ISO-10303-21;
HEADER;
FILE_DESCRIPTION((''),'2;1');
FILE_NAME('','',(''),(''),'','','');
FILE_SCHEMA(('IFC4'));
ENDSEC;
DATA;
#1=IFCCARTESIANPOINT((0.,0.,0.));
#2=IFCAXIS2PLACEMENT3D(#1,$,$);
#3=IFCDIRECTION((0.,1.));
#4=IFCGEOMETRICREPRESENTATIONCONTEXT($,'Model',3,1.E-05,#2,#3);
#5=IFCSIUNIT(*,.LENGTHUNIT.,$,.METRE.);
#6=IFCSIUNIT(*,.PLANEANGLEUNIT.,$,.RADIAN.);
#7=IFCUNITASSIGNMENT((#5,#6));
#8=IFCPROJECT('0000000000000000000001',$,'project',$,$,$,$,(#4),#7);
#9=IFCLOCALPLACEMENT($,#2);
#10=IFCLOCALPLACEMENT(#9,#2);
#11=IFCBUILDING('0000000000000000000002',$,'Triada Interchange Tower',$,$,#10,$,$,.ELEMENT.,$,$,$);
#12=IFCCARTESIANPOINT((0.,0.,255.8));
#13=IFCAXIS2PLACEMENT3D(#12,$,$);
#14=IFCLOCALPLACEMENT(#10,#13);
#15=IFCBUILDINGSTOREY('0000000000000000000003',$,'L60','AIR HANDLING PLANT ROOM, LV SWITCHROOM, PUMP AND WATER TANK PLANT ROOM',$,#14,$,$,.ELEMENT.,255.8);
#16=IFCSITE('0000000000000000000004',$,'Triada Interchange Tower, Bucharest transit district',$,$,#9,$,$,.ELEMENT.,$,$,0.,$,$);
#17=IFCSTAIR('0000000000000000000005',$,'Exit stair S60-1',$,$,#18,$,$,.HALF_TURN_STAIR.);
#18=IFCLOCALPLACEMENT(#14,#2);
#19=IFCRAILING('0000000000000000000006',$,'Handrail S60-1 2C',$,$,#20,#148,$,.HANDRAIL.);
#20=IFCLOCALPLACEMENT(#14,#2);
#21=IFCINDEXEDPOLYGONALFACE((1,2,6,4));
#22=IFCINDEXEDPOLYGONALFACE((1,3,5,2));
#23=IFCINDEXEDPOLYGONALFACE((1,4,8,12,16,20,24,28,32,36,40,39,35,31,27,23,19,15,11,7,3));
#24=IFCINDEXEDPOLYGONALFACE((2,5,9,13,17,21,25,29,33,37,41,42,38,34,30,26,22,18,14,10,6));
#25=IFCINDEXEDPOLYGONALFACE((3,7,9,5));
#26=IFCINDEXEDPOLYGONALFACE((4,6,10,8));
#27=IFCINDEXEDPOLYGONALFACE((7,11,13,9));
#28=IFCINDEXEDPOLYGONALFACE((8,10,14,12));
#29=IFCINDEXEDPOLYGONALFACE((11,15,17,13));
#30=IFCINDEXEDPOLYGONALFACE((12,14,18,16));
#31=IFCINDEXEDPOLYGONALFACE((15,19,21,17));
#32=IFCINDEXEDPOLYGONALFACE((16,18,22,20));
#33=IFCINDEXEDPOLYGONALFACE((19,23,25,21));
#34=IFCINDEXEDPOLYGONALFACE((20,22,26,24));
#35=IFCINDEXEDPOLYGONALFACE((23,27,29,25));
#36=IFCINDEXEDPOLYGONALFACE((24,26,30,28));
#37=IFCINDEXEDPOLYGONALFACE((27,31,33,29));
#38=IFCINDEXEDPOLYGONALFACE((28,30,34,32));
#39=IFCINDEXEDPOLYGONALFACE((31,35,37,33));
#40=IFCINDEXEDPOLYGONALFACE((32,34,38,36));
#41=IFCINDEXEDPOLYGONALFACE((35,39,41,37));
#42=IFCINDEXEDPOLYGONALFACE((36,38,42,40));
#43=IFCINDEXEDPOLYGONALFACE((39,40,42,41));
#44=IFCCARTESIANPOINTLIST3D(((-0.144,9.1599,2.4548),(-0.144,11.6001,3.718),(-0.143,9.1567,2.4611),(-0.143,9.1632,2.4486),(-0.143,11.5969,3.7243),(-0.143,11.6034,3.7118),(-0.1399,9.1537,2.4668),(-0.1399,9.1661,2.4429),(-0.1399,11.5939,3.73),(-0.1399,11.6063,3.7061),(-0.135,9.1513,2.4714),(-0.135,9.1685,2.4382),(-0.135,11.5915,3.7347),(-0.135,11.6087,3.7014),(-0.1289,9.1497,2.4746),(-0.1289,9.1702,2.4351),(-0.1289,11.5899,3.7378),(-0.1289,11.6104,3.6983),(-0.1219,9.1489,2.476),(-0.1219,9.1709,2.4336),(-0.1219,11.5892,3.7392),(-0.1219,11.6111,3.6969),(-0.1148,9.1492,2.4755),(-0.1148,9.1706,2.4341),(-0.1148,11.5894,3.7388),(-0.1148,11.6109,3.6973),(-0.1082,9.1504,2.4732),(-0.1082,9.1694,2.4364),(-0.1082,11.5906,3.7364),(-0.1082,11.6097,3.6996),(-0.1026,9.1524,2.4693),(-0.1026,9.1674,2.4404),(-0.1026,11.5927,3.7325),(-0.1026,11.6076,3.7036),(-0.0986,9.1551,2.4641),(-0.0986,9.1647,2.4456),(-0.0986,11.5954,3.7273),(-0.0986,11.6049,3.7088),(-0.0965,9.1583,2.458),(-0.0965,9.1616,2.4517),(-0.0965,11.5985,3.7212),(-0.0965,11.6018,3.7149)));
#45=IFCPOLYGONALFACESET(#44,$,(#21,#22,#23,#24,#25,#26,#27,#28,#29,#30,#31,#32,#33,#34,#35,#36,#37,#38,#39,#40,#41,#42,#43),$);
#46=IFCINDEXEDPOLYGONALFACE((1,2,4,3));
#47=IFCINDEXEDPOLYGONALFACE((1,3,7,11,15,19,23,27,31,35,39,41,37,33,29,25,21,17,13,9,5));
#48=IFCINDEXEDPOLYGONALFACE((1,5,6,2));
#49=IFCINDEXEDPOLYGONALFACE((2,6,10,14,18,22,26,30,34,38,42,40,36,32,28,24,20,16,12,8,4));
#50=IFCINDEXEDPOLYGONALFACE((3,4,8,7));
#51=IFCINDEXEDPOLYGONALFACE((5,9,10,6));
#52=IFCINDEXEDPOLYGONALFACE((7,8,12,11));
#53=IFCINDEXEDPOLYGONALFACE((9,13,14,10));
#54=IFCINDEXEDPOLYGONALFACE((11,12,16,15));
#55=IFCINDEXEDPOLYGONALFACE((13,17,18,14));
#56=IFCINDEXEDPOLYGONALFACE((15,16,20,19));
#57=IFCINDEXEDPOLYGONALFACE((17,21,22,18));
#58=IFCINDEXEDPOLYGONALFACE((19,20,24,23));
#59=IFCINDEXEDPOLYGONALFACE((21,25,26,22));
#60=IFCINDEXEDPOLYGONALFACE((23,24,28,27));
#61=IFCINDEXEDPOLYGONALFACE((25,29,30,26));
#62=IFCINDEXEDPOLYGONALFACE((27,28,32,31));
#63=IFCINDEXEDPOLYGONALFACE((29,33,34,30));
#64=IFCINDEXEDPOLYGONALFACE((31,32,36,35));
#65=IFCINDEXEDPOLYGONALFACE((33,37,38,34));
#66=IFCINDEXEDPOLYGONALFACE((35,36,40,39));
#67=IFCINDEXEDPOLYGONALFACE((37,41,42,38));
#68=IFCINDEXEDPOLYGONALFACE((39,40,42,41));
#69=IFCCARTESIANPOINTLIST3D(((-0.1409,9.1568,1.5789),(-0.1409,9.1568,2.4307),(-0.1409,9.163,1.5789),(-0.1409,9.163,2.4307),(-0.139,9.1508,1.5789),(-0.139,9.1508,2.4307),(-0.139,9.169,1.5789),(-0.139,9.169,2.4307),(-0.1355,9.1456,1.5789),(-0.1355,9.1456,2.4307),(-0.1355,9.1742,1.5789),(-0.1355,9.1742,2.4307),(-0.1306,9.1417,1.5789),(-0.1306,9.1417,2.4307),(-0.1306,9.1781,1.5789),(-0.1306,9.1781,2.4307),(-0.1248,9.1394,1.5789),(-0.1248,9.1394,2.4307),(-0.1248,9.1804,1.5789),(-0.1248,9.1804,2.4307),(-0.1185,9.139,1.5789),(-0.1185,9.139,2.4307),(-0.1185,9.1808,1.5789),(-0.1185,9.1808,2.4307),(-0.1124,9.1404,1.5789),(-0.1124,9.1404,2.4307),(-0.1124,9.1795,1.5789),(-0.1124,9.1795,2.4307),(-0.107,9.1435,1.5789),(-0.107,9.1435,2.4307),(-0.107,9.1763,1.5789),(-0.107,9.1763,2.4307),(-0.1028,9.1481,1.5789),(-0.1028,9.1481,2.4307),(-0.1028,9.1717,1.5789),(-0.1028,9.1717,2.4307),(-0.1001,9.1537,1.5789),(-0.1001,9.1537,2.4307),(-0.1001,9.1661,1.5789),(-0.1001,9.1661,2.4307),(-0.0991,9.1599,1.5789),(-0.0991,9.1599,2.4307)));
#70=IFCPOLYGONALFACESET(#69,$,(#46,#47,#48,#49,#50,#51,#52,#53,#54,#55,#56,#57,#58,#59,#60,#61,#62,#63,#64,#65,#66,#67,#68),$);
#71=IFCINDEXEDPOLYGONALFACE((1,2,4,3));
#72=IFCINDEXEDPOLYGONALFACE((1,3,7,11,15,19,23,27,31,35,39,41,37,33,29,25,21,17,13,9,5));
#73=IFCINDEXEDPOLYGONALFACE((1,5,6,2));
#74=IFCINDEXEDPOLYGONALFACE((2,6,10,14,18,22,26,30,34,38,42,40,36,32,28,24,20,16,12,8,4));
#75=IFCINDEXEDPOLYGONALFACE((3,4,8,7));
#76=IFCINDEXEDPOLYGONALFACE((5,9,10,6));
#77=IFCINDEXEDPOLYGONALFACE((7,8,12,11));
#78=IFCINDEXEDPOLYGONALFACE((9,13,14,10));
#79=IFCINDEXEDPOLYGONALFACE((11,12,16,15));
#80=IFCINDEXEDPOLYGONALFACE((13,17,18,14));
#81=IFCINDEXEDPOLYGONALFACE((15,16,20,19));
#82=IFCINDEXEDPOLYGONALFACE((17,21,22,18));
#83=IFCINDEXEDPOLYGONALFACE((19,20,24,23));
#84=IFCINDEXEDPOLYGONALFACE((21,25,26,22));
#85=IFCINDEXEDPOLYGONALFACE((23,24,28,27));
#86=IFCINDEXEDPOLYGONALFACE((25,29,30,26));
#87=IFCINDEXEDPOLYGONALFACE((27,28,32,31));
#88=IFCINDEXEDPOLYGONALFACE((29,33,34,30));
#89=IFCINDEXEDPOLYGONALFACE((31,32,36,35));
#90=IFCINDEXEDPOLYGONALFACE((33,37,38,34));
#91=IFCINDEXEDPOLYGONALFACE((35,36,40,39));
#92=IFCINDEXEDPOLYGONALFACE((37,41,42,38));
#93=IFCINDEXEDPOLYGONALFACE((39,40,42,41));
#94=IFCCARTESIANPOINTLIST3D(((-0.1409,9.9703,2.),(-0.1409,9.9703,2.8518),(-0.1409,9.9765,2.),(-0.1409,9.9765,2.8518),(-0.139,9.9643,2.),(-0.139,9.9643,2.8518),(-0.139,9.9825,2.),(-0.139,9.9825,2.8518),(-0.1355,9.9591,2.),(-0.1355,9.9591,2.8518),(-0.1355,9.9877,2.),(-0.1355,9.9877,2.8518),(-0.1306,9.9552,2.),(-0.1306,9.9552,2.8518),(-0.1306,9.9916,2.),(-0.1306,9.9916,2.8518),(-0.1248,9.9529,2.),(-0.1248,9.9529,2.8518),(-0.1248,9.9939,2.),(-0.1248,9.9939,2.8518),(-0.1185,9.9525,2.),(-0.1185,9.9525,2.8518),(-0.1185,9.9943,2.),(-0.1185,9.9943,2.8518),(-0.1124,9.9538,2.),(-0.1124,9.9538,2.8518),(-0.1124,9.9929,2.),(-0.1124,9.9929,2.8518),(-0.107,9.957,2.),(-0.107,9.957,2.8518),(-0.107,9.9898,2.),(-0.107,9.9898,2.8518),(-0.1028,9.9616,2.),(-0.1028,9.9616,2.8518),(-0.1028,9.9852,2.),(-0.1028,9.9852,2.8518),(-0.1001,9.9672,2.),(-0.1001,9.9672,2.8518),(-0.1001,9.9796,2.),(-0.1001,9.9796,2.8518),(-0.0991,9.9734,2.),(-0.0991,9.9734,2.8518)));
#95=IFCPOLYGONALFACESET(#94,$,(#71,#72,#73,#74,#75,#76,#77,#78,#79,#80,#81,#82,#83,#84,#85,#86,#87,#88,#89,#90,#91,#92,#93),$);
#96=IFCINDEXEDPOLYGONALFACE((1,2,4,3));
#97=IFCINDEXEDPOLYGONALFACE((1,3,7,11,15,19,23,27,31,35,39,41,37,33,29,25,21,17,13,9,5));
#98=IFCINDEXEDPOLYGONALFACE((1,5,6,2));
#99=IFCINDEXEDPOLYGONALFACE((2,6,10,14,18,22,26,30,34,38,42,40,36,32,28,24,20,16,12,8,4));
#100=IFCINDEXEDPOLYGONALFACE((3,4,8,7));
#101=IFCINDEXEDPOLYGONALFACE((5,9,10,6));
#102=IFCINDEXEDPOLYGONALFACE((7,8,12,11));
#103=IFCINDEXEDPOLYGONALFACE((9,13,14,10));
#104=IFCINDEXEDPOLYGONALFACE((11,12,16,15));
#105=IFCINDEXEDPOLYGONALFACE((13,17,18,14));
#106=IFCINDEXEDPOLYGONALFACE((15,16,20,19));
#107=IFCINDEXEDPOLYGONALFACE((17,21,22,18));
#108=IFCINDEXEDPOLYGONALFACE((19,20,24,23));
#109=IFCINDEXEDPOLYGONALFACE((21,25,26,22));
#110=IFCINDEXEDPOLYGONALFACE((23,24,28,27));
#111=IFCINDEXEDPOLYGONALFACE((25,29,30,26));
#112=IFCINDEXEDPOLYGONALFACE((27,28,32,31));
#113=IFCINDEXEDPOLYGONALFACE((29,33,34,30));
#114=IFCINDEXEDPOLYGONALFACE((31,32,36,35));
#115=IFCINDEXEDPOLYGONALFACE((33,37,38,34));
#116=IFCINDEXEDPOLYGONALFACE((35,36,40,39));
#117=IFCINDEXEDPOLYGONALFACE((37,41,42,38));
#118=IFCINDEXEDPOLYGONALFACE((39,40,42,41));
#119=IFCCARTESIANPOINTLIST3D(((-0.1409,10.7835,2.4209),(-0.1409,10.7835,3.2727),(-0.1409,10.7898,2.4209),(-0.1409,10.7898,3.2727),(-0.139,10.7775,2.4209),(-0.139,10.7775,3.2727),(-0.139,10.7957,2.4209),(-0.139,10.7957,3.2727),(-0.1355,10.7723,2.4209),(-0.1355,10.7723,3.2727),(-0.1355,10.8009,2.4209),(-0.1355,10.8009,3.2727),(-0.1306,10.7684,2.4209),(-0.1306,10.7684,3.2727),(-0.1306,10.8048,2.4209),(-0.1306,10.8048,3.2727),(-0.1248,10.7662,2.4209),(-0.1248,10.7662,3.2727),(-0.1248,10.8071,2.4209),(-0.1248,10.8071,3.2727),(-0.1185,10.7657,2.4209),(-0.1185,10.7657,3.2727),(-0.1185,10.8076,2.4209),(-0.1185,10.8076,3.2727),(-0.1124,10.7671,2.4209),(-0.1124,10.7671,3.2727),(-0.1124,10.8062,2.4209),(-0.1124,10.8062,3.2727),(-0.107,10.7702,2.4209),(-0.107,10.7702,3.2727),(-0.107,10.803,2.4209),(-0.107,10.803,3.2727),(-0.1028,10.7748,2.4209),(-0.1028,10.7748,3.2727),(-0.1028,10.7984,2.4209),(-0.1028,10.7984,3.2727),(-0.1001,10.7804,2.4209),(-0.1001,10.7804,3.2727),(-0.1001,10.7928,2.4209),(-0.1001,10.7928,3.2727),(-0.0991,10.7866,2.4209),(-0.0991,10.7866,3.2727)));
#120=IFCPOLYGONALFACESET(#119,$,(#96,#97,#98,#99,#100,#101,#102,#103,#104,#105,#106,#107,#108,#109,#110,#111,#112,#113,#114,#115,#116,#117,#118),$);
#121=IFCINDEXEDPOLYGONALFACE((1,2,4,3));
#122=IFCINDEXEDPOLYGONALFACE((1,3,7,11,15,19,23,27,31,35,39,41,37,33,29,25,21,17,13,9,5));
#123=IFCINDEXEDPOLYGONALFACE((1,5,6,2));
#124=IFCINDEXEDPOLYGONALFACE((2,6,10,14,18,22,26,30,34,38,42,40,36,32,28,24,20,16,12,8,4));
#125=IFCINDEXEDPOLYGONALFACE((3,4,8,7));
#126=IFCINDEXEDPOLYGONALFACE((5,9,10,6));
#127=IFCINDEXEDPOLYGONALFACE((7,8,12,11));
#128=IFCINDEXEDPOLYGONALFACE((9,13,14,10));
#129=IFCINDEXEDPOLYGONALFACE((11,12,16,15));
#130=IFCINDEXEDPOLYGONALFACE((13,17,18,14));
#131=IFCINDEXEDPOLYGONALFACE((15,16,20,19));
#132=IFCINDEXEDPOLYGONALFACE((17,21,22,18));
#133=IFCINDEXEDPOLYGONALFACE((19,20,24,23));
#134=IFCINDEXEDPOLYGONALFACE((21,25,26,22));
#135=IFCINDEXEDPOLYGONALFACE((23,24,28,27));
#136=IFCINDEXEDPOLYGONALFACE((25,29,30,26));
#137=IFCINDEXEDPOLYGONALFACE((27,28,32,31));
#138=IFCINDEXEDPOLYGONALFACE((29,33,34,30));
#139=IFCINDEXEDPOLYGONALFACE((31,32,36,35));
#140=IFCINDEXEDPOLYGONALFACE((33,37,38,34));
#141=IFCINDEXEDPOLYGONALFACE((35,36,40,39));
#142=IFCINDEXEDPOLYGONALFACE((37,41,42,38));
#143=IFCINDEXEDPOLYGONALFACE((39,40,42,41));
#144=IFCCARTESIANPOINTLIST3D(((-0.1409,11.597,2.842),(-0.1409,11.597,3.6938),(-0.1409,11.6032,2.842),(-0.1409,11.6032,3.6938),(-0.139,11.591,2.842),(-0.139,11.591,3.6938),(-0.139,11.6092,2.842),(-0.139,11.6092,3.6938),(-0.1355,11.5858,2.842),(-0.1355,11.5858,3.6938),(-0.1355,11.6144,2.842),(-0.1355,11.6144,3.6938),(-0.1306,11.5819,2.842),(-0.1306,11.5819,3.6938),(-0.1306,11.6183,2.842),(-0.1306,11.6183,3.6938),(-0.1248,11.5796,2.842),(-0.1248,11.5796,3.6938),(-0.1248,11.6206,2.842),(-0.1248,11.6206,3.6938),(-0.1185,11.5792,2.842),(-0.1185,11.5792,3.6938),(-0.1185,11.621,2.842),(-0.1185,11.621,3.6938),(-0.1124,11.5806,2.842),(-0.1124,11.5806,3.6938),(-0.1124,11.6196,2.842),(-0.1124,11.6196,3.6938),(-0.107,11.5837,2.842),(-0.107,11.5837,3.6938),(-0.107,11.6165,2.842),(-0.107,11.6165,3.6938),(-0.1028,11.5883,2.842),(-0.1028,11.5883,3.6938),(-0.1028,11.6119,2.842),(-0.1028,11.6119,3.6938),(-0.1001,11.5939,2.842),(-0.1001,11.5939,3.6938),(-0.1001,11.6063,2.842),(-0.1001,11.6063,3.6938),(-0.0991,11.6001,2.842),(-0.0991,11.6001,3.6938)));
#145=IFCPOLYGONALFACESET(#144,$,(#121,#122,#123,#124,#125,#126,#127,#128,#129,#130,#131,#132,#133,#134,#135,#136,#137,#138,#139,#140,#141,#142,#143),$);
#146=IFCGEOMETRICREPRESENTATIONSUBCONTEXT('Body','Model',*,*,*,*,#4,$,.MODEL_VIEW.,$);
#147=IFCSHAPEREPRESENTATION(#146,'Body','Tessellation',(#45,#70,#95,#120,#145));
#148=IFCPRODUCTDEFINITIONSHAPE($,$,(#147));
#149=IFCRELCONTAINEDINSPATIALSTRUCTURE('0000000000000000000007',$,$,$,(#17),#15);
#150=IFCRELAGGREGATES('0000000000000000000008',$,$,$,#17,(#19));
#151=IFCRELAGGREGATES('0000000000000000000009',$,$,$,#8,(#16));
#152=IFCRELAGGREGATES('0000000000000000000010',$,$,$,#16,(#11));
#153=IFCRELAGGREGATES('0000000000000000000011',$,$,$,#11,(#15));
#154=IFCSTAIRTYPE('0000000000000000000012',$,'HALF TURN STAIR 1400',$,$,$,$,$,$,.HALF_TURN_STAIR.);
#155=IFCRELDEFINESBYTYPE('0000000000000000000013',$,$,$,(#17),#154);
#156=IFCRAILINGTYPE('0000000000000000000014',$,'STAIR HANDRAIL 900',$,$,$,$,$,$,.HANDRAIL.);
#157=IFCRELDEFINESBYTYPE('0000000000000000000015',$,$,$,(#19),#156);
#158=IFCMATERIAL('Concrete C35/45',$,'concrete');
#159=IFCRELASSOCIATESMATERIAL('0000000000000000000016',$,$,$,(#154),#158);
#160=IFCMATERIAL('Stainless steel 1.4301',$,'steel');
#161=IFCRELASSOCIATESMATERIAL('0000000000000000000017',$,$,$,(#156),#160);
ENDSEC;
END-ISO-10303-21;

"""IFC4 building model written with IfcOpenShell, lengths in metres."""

from ifc_helpers import new_model, si_unit, direction, frame, origin, origin_2d, place, context, subcontext, project, spatial, circle, extrude, material, type_object, element, aggregate, save


model = new_model("IFC4")

# Units and contexts
model_context = context("Model", 3, precision=1e-05, world=origin(), true_north=direction((0.0, 1.0)))
body_context = subcontext(model_context, "Body", "Model", "MODEL_VIEW")
ifc_project = project(units=[si_unit("LENGTHUNIT", "METRE"), si_unit("PLANEANGLEUNIT", "RADIAN")], contexts=[model_context])

# Site, building, storey
site_placement = place(None, origin())
site = spatial("IfcSite", under=ifc_project, at=site_placement, Name="Triada Interchange Tower, Bucharest transit district", CompositionType="ELEMENT", RefElevation=0.0)
building_placement = place(site_placement, origin())
building = spatial("IfcBuilding", under=site, at=building_placement, Name="Triada Interchange Tower", CompositionType="ELEMENT")
storey_placement = place(building_placement, frame((0.0, 0.0, 255.8)))
storey = spatial("IfcBuildingStorey", under=building, at=storey_placement, Name="L60", Description="AIR HANDLING PLANT ROOM, LV SWITCHROOM, PUMP AND WATER TANK PLANT ROOM", CompositionType="ELEMENT", Elevation=255.8)

# Stair, railing
ifc_material_1 = material(Name="Concrete C35/45", Category="concrete")
stair_type = type_object("IfcStairType", Name="HALF TURN STAIR 1400", PredefinedType="HALF_TURN_STAIR", material=ifc_material_1)
stair_placement = place(storey_placement, origin())
stair = element("IfcStair", 1, at=stair_placement, inside=storey, type_object=stair_type, Name="Exit stair S60-1", PredefinedType="HALF_TURN_STAIR")
ifc_material_2 = material(Name="Stainless steel 1.4301", Category="steel")
railing_type = type_object("IfcRailingType", Name="STAIR HANDRAIL 900", PredefinedType="HANDRAIL", material=ifc_material_2)
railing_1_placement = place(storey_placement, frame((-0.1201, 9.1599, 1.5789)))
railing_1 = element("IfcRailing", 2, at=railing_1_placement, type_object=railing_type, Name="Handrail S60-1 2C", PredefinedType="HANDRAIL", context=body_context, shape_type="SweptSolid", body=[
    extrude(circle(Radius=0.0239, at=origin_2d()), frame((0.0, 0.0, 0.876), z_axis=(0.0, 0.888066, 0.459715), x_axis=(-1.0, 0.0, 0.0)), (0.0, 0.0, 1.0), 2.7478),
    extrude(circle(Radius=0.021, at=origin_2d()), origin(), (0.0, 0.0, 1.0), 0.8518),
    extrude(circle(Radius=0.021, at=origin_2d()), frame((0.0, 0.8135, 0.4211)), (0.0, 0.0, 1.0), 0.8518),
    extrude(circle(Radius=0.021, at=origin_2d()), frame((0.0, 1.6267, 0.842)), (0.0, 0.0, 1.0), 0.8518),
    extrude(circle(Radius=0.021, at=origin_2d()), frame((0.0, 2.4402, 1.2632)), (0.0, 0.0, 1.0), 0.8518),
])
aggregate(stair, [railing_1])

save(model, "model.ifc")
